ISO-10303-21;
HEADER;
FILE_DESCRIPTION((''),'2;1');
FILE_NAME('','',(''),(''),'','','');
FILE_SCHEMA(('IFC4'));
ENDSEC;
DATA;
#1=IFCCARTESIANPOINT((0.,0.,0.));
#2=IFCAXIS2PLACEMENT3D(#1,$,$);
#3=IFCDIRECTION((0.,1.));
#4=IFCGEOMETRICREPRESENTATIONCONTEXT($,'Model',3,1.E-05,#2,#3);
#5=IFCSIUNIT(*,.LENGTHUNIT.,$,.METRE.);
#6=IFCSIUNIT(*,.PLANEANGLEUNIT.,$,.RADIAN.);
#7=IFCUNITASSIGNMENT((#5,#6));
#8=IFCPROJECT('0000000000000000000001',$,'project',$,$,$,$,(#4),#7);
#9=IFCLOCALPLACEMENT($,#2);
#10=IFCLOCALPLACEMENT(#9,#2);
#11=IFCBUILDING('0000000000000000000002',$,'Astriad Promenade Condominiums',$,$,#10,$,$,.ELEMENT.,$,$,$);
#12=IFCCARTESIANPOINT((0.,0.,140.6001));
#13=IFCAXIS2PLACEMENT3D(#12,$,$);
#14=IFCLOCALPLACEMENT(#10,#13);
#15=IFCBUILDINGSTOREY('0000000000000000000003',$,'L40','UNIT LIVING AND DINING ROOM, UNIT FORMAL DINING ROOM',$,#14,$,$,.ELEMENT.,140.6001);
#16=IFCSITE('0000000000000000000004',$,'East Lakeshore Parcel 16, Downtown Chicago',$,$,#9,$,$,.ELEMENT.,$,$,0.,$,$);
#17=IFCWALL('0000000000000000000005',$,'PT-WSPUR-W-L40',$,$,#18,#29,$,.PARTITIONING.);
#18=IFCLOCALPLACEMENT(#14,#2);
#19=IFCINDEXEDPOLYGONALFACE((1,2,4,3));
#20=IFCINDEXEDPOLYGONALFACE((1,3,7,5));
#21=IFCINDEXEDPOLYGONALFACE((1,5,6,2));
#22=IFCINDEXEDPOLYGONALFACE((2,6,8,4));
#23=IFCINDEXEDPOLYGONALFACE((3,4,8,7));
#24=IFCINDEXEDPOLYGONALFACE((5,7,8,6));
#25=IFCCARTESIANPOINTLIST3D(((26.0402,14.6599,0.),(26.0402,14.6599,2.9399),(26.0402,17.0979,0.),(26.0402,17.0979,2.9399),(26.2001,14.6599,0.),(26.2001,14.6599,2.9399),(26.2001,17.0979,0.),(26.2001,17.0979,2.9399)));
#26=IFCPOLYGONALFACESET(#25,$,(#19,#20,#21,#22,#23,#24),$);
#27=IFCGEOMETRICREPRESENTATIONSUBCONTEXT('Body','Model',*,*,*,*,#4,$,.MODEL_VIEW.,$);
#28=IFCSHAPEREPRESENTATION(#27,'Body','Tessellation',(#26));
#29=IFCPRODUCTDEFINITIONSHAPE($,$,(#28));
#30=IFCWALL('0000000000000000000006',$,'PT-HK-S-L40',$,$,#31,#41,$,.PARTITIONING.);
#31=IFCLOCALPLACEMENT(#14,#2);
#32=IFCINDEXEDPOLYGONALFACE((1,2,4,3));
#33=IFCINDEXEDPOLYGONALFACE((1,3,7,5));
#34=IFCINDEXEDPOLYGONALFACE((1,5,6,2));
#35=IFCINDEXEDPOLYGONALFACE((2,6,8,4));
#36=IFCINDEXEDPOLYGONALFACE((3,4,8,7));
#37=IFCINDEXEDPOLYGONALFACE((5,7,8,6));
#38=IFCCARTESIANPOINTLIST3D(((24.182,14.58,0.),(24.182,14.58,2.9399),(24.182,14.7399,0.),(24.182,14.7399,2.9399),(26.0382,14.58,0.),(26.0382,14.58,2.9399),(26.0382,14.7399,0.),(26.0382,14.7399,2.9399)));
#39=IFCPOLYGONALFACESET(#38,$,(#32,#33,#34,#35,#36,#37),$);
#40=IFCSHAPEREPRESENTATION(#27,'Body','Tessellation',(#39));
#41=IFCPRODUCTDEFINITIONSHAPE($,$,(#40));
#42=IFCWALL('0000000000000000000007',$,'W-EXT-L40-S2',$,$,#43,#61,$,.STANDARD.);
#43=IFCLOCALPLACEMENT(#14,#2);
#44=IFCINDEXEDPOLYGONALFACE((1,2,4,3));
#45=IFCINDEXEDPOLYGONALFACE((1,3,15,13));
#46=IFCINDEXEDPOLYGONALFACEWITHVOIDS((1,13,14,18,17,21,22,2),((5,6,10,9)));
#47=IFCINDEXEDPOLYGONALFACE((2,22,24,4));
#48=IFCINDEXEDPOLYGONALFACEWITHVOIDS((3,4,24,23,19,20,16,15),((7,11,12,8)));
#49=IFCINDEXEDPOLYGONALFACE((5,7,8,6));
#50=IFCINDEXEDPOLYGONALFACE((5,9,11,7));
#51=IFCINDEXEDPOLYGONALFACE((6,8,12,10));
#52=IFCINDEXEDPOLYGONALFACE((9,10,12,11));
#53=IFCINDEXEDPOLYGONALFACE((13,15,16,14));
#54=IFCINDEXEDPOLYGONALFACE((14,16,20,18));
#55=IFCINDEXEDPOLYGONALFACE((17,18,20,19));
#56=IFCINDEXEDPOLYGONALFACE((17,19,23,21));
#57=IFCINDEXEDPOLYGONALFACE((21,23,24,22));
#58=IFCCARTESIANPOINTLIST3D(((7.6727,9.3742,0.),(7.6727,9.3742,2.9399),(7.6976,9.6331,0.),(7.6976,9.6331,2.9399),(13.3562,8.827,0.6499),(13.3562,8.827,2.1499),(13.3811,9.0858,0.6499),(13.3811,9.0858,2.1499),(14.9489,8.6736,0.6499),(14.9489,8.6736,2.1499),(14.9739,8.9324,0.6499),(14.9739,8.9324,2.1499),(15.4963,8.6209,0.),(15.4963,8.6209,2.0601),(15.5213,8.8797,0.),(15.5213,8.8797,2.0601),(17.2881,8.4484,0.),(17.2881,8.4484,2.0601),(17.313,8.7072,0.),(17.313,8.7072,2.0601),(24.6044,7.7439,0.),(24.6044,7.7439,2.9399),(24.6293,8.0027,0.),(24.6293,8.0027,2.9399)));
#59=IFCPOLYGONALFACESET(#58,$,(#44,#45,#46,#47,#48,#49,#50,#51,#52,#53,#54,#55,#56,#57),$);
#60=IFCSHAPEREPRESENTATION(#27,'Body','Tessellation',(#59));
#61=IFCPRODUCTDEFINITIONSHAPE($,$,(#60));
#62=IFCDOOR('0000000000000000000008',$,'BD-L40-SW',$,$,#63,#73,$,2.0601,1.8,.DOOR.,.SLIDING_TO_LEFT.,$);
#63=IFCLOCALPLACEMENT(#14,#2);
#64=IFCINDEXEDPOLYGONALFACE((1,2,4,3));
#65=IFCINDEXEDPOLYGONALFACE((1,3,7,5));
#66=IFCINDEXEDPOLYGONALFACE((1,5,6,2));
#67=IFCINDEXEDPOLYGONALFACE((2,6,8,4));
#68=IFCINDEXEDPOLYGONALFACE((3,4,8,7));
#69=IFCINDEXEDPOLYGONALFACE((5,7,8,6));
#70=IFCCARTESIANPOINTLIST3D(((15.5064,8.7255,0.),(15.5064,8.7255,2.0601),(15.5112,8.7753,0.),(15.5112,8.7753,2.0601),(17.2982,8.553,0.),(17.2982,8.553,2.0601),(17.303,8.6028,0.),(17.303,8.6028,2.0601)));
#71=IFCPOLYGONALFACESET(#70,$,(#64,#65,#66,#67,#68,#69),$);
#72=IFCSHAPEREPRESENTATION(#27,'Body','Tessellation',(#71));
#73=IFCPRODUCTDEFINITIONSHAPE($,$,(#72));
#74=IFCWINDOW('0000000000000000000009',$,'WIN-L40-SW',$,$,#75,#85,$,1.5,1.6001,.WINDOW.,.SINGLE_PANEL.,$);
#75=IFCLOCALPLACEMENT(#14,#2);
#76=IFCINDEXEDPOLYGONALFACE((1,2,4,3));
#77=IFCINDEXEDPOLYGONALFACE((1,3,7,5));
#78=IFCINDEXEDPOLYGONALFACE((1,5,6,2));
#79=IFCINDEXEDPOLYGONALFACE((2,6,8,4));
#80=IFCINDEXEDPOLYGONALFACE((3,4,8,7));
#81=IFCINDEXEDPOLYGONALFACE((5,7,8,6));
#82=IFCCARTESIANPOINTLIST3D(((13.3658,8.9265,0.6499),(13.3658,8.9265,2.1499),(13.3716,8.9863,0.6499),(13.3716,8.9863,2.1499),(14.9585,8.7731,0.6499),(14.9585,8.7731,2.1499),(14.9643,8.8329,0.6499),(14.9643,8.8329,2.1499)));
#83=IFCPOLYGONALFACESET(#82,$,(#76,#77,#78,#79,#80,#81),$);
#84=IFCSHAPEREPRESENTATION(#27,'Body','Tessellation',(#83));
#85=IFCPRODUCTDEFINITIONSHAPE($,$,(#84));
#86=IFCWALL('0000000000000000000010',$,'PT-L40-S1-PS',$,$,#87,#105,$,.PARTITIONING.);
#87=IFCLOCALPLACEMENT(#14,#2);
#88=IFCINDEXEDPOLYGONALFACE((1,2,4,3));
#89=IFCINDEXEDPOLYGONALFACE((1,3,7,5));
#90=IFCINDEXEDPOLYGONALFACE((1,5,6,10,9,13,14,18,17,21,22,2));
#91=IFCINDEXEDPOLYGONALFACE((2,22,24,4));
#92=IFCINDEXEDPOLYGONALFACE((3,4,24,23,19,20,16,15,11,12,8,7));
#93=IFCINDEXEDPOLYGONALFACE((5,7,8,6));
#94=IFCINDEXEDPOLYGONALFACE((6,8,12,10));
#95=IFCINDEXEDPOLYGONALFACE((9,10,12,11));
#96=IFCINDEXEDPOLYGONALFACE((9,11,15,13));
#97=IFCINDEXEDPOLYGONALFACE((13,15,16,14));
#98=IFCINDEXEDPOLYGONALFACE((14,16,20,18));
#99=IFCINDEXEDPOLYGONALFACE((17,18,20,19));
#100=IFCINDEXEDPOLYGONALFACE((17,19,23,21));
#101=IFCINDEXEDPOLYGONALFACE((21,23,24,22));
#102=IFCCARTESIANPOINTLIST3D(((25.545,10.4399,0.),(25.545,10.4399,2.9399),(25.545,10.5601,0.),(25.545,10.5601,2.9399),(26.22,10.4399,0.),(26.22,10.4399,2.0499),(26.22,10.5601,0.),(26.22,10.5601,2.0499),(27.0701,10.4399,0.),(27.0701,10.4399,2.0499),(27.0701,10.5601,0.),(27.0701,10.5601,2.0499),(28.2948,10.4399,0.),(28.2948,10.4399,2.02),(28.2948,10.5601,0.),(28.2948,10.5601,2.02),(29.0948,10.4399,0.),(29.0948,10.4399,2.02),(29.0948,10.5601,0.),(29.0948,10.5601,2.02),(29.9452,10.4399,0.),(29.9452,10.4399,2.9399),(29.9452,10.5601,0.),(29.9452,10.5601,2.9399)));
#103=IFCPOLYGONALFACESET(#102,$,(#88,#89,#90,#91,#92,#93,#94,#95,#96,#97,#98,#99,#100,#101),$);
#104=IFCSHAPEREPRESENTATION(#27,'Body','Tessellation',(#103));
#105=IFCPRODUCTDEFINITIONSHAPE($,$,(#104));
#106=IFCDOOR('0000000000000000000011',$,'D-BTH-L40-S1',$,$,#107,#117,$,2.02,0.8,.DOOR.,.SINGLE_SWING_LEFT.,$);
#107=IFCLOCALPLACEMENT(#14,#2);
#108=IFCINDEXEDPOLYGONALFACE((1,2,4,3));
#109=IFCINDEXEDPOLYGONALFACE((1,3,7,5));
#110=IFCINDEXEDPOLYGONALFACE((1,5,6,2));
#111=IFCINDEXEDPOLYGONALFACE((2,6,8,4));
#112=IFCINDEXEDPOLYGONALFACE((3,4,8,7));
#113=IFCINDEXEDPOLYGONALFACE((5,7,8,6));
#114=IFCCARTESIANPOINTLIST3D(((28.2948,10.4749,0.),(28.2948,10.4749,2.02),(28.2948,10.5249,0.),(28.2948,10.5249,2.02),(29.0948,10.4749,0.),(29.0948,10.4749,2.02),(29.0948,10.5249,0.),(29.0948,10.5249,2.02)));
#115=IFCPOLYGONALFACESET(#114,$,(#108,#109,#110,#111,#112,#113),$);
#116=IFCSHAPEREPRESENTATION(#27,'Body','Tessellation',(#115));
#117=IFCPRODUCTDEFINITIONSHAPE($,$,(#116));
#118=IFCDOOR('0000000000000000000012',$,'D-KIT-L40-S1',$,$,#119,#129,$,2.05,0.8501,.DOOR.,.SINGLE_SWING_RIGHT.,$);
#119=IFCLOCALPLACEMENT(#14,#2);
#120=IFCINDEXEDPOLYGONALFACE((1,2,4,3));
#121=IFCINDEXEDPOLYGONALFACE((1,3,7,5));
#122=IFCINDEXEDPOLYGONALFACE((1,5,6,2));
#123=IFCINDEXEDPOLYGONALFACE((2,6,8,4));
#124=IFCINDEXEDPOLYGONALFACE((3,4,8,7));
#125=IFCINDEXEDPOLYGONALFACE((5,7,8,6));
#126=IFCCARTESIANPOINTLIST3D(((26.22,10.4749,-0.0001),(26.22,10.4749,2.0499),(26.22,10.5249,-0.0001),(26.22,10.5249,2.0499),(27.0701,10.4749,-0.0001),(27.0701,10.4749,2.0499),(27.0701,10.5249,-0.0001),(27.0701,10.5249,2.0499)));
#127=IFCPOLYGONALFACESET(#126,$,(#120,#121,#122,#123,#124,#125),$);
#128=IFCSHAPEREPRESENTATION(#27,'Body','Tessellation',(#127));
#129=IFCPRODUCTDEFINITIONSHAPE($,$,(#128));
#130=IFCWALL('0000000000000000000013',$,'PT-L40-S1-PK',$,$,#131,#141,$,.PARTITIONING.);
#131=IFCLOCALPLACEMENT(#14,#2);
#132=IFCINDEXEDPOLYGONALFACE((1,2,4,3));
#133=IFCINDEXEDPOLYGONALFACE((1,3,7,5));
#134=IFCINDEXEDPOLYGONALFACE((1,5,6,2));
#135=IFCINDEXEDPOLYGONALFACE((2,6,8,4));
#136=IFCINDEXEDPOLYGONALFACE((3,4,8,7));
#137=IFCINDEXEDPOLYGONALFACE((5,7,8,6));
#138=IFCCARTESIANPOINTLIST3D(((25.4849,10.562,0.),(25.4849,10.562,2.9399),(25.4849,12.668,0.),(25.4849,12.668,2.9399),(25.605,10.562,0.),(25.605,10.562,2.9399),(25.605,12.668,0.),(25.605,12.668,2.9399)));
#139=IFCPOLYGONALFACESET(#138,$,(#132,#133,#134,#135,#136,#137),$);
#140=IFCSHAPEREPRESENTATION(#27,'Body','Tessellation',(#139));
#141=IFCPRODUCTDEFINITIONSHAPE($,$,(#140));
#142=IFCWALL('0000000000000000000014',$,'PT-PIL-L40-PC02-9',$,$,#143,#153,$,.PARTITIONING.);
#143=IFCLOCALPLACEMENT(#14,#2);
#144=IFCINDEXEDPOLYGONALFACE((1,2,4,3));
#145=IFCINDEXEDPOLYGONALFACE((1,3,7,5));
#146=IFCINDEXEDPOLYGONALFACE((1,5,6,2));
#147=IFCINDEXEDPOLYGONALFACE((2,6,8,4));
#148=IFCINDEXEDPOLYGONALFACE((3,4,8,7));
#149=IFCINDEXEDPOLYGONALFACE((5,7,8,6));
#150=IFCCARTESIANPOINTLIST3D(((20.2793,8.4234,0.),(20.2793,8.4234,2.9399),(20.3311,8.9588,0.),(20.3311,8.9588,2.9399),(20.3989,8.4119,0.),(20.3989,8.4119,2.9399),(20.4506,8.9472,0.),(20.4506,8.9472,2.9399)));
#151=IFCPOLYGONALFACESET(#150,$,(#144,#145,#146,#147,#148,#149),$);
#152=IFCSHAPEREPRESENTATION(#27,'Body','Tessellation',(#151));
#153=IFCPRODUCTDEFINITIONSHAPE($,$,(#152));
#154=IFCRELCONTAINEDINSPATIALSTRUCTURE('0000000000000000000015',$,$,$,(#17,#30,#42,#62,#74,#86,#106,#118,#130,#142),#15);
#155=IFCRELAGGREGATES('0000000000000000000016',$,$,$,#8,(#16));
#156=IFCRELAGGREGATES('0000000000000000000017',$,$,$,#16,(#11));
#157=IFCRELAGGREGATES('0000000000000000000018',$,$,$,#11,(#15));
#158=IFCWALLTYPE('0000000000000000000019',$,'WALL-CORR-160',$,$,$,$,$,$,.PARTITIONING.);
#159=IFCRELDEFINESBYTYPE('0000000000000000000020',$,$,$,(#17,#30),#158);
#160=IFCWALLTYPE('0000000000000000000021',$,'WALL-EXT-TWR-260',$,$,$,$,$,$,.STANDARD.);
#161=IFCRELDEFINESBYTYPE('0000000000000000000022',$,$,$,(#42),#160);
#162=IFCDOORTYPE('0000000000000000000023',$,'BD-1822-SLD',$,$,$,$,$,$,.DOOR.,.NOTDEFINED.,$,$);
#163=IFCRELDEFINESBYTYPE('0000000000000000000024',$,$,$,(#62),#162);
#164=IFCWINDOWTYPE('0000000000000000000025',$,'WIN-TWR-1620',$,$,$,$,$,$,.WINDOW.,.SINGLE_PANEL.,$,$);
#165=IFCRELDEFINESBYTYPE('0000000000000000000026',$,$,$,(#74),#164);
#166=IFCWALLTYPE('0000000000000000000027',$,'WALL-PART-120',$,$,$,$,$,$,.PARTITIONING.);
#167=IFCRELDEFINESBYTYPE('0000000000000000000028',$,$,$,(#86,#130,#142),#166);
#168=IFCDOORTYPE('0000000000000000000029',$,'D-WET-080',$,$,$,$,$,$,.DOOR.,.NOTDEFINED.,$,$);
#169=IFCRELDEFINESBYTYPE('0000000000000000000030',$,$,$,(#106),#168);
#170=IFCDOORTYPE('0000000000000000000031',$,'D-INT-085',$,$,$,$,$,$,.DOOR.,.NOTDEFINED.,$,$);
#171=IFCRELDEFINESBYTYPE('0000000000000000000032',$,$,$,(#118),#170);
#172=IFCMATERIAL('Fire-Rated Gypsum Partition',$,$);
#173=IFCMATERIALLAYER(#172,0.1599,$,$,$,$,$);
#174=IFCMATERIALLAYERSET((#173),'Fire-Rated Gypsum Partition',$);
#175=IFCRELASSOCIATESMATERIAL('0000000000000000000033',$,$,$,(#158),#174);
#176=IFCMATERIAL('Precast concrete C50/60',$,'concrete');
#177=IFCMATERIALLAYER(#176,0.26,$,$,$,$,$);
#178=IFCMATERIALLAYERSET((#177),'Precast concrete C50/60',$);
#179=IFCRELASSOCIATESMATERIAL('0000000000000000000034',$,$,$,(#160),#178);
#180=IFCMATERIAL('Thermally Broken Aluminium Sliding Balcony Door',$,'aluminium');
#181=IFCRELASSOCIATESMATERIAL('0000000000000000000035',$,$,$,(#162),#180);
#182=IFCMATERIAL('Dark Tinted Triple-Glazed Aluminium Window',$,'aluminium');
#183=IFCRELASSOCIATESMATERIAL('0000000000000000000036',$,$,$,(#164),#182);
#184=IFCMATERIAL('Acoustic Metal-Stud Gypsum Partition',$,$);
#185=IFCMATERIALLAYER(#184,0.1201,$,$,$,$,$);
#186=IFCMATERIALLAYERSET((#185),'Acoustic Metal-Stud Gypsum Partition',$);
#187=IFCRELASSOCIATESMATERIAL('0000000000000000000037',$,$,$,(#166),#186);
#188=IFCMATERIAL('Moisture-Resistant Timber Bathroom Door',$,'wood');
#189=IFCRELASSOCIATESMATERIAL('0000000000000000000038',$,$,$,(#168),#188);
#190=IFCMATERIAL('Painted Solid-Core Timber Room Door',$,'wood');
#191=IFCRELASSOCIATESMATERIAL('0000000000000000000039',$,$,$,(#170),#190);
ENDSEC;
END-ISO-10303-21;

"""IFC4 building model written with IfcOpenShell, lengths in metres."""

from ifc_helpers import new_model, si_unit, direction, frame, frame_2d, origin, place, context, subcontext, project, spatial, rectangle, extrude, source, transform, mapped, material, layer, layer_set, type_object, type_shapes, element, fill, save


model = new_model("IFC4")

# Units and contexts
model_context = context("Model", 3, precision=1e-05, world=origin(), true_north=direction((0.0, 1.0)))
body_context = subcontext(model_context, "Body", "Model", "MODEL_VIEW")
ifc_project = project(units=[si_unit("LENGTHUNIT", "METRE"), si_unit("PLANEANGLEUNIT", "RADIAN")], contexts=[model_context])

# Site, building, storey
site_placement = place(None, origin())
site = spatial("IfcSite", under=ifc_project, at=site_placement, Name="East Lakeshore Parcel 16, Downtown Chicago", CompositionType="ELEMENT", RefElevation=0.0)
building_placement = place(site_placement, origin())
building = spatial("IfcBuilding", under=site, at=building_placement, Name="Astriad Promenade Condominiums", CompositionType="ELEMENT")
storey_placement = place(building_placement, frame((0.0, 0.0, 140.6001)))
storey = spatial("IfcBuildingStorey", under=building, at=storey_placement, Name="L40", Description="UNIT LIVING AND DINING ROOM, UNIT FORMAL DINING ROOM", CompositionType="ELEMENT", Elevation=140.6001)

# Shared definitions
ifc_material_1 = material(Name="Fire-Rated Gypsum Partition")
ifc_layer_1 = layer(ifc_material_1, 0.1599)
ifc_layer_set_1 = layer_set([ifc_layer_1], Name="Fire-Rated Gypsum Partition")
wall_type_1 = type_object("IfcWallType", Name="WALL-CORR-160", PredefinedType="PARTITIONING", material=ifc_layer_set_1)

# Walls
wall_1_placement = place(storey_placement, frame((26.1201, 14.6599, 0.0), z_axis=(0.0, 0.0, 1.0), x_axis=(0.0, 1.0, 0.0)))
element("IfcWall", 1, at=wall_1_placement, inside=storey, type_object=wall_type_1, Name="PT-WSPUR-W-L40", PredefinedType="PARTITIONING", context=body_context, shape_type="SweptSolid", body=[
    extrude(rectangle(XDim=2.438, YDim=0.1599, at=frame_2d((1.219, 0.0))), origin(), (0.0, 0.0, 1.0), 2.9399),
])
wall_2_placement = place(storey_placement, frame((24.1819, 14.6599, 0.0), z_axis=(0.0, 0.0, 1.0), x_axis=(1.0, 0.0, 0.0)))
element("IfcWall", 2, at=wall_2_placement, inside=storey, type_object=wall_type_1, Name="PT-HK-S-L40", PredefinedType="PARTITIONING", context=body_context, shape_type="SweptSolid", body=[
    extrude(rectangle(XDim=1.8562, YDim=0.1599, at=frame_2d((0.9282, 0.0))), origin(), (0.0, 0.0, 1.0), 2.9399),
])

# Wall, openings, door, window
ifc_material_2 = material(Name="Precast concrete C50/60", Category="concrete")
ifc_layer_2 = layer(ifc_material_2, 0.26)
ifc_layer_set_2 = layer_set([ifc_layer_2], Name="Precast concrete C50/60")
wall_type_2 = type_object("IfcWallType", Name="WALL-EXT-TWR-260", PredefinedType="STANDARD", material=ifc_layer_set_2)
wall_3_placement = place(storey_placement, frame((24.6167, 7.8733, 0.0), z_axis=(0.0, 0.0, 1.0), x_axis=(-0.995396, 0.095848, 0.0)))
wall_3 = element("IfcWall", 3, at=wall_3_placement, inside=storey, type_object=wall_type_2, Name="W-EXT-L40-S2", PredefinedType="STANDARD", context=body_context, shape_type="SweptSolid", body=[
    extrude(rectangle(XDim=17.01, YDim=0.26, at=frame_2d((8.5049, 0.0))), origin(), (0.0, 0.0, 1.0), 2.9399),
])
opening_1_placement = place(wall_3_placement, frame((7.3501, 0.0, 0.0)))
opening_1 = element("IfcOpeningElement", 4, at=opening_1_placement, cuts=wall_3, PredefinedType="OPENING", context=body_context, shape_type="SweptSolid", body=[
    extrude(rectangle(XDim=1.8, YDim=2.0601, at=frame_2d((0.8999, 1.03))), frame((0.0, 0.1399, 0.0), z_axis=(0.0, -1.0, 0.0), x_axis=(1.0, 0.0, 0.0)), (0.0, 0.0, 1.0), 0.28),
])
opening_2_placement = place(wall_3_placement, frame((9.7, 0.0, 0.6499)))
opening_2 = element("IfcOpeningElement", 5, at=opening_2_placement, cuts=wall_3, PredefinedType="OPENING", context=body_context, shape_type="SweptSolid", body=[
    extrude(rectangle(XDim=1.6001, YDim=1.5, at=frame_2d((0.8, 0.75))), frame((0.0, 0.1399, 0.0), z_axis=(0.0, -1.0, 0.0), x_axis=(1.0, 0.0, 0.0)), (0.0, 0.0, 1.0), 0.28),
])
ifc_material_3 = material(Name="Thermally Broken Aluminium Sliding Balcony Door", Category="aluminium")
door_type_1 = type_object("IfcDoorType", Name="BD-1822-SLD", OperationType="NOTDEFINED", PredefinedType="DOOR", material=ifc_material_3)
shared_shape_1 = source(origin(), body_context, "Body", "SweptSolid", [
    extrude(rectangle(XDim=1.8, YDim=2.0601, at=frame_2d((0.8999, 1.03))), frame((0.0, 0.0249, 0.0), z_axis=(0.0, -1.0, 0.0), x_axis=(1.0, 0.0, 0.0)), (0.0, 0.0, 1.0), 0.05),
])
type_shapes(door_type_1, [shared_shape_1])
door_1_placement = place(opening_1_placement, origin())
door_1 = element("IfcDoor", 6, at=door_1_placement, inside=storey, type_object=door_type_1, Name="BD-L40-SW", OperationType="SLIDING_TO_LEFT", OverallHeight=2.0601, OverallWidth=1.8, PredefinedType="DOOR", context=body_context, shape_type="MappedRepresentation", body=[
    mapped(shared_shape_1, transform((0.0, 0.0, 0.0), scale=1.0)),
])
fill(opening_1, door_1)
ifc_material_4 = material(Name="Dark Tinted Triple-Glazed Aluminium Window", Category="aluminium")
window_type = type_object("IfcWindowType", Name="WIN-TWR-1620", PartitioningType="SINGLE_PANEL", PredefinedType="WINDOW", material=ifc_material_4)
shared_shape_2 = source(origin(), body_context, "Body", "SweptSolid", [
    extrude(rectangle(XDim=1.6001, YDim=1.5, at=frame_2d((0.8, 0.75))), frame((0.0, 0.03, 0.0), z_axis=(0.0, -1.0, 0.0), x_axis=(1.0, 0.0, 0.0)), (0.0, 0.0, 1.0), 0.0601),
])
type_shapes(window_type, [shared_shape_2])
window_placement = place(opening_2_placement, origin())
window = element("IfcWindow", 7, at=window_placement, inside=storey, type_object=window_type, Name="WIN-L40-SW", OverallHeight=1.5, OverallWidth=1.6001, PartitioningType="SINGLE_PANEL", PredefinedType="WINDOW", context=body_context, shape_type="MappedRepresentation", body=[
    mapped(shared_shape_2, transform((0.0, 0.0, 0.0), scale=1.0)),
])
fill(opening_2, window)

# Wall, openings, doors
ifc_material_5 = material(Name="Acoustic Metal-Stud Gypsum Partition")
ifc_layer_3 = layer(ifc_material_5, 0.1201)
ifc_layer_set_3 = layer_set([ifc_layer_3], Name="Acoustic Metal-Stud Gypsum Partition")
wall_type_3 = type_object("IfcWallType", Name="WALL-PART-120", PredefinedType="PARTITIONING", material=ifc_layer_set_3)
wall_4_placement = place(storey_placement, frame((25.5449, 10.5, 0.0), z_axis=(0.0, 0.0, 1.0), x_axis=(1.0, 0.0, 0.0)))
wall_4 = element("IfcWall", 8, at=wall_4_placement, inside=storey, type_object=wall_type_3, Name="PT-L40-S1-PS", PredefinedType="PARTITIONING", context=body_context, shape_type="SweptSolid", body=[
    extrude(rectangle(XDim=4.4001, YDim=0.1201, at=frame_2d((2.2002, 0.0))), origin(), (0.0, 0.0, 1.0), 2.9399),
])
opening_3_placement = place(wall_4_placement, frame((0.675, 0.0, 0.0)))
opening_3 = element("IfcOpeningElement", 9, at=opening_3_placement, cuts=wall_4, PredefinedType="OPENING", context=body_context, shape_type="SweptSolid", body=[
    extrude(rectangle(XDim=0.8501, YDim=2.05, at=frame_2d((0.425, 1.0249))), frame((0.0, 0.0701, 0.0), z_axis=(0.0, -1.0, 0.0), x_axis=(1.0, 0.0, 0.0)), (0.0, 0.0, 1.0), 0.1401),
])
opening_4_placement = place(wall_4_placement, frame((2.75, 0.0, 0.0)))
opening_4 = element("IfcOpeningElement", 10, at=opening_4_placement, cuts=wall_4, PredefinedType="OPENING", context=body_context, shape_type="SweptSolid", body=[
    extrude(rectangle(XDim=0.8, YDim=2.02, at=frame_2d((0.3999, 1.01))), frame((0.0, 0.0701, 0.0), z_axis=(0.0, -1.0, 0.0), x_axis=(1.0, 0.0, 0.0)), (0.0, 0.0, 1.0), 0.1401),
])
ifc_material_6 = material(Name="Moisture-Resistant Timber Bathroom Door", Category="wood")
door_type_2 = type_object("IfcDoorType", Name="D-WET-080", OperationType="NOTDEFINED", PredefinedType="DOOR", material=ifc_material_6)
shared_shape_3 = source(origin(), body_context, "Body", "SweptSolid", [
    extrude(rectangle(XDim=0.8, YDim=2.02, at=frame_2d((0.3999, 1.01))), frame((0.0, 0.0249, 0.0), z_axis=(0.0, -1.0, 0.0), x_axis=(1.0, 0.0, 0.0)), (0.0, 0.0, 1.0), 0.05),
])
type_shapes(door_type_2, [shared_shape_3])
door_2_placement = place(opening_4_placement, origin())
door_2 = element("IfcDoor", 11, at=door_2_placement, inside=storey, type_object=door_type_2, Name="D-BTH-L40-S1", OperationType="SINGLE_SWING_LEFT", OverallHeight=2.02, OverallWidth=0.8, PredefinedType="DOOR", context=body_context, shape_type="MappedRepresentation", body=[
    mapped(shared_shape_3, transform((0.0, 0.0, 0.0), scale=1.0)),
])
fill(opening_4, door_2)
ifc_material_7 = material(Name="Painted Solid-Core Timber Room Door", Category="wood")
door_type_3 = type_object("IfcDoorType", Name="D-INT-085", OperationType="NOTDEFINED", PredefinedType="DOOR", material=ifc_material_7)
shared_shape_4 = source(origin(), body_context, "Body", "SweptSolid", [
    extrude(rectangle(XDim=0.8501, YDim=2.05, at=frame_2d((0.425, 1.0249))), frame((0.0, 0.0249, 0.0), z_axis=(0.0, -1.0, 0.0), x_axis=(1.0, 0.0, 0.0)), (0.0, 0.0, 1.0), 0.05),
])
type_shapes(door_type_3, [shared_shape_4])
door_3_placement = place(opening_3_placement, origin())
door_3 = element("IfcDoor", 12, at=door_3_placement, inside=storey, type_object=door_type_3, Name="D-KIT-L40-S1", OperationType="SINGLE_SWING_RIGHT", OverallHeight=2.05, OverallWidth=0.8501, PredefinedType="DOOR", context=body_context, shape_type="MappedRepresentation", body=[
    mapped(shared_shape_4, transform((0.0, 0.0, 0.0), scale=1.0)),
])
fill(opening_3, door_3)

# Walls
wall_5_placement = place(storey_placement, frame((25.5449, 10.562, 0.0), z_axis=(0.0, 0.0, 1.0), x_axis=(0.0, 1.0, 0.0)))
element("IfcWall", 13, at=wall_5_placement, inside=storey, type_object=wall_type_3, Name="PT-L40-S1-PK", PredefinedType="PARTITIONING", context=body_context, shape_type="SweptSolid", body=[
    extrude(rectangle(XDim=2.106, YDim=0.1201, at=frame_2d((1.053, 0.0))), origin(), (0.0, 0.0, 1.0), 2.9399),
])
wall_6_placement = place(storey_placement, frame((20.3909, 8.9531, 0.0), z_axis=(0.0, 0.0, 1.0), x_axis=(-0.096223, -0.99536, 0.0)))
element("IfcWall", 14, at=wall_6_placement, inside=storey, type_object=wall_type_3, Name="PT-PIL-L40-PC02-9", PredefinedType="PARTITIONING", context=body_context, shape_type="SweptSolid", body=[
    extrude(rectangle(XDim=0.5378, YDim=0.1201, at=frame_2d((0.269, 0.0))), origin(), (0.0, 0.0, 1.0), 2.9399),
])

save(model, "model.ifc")
